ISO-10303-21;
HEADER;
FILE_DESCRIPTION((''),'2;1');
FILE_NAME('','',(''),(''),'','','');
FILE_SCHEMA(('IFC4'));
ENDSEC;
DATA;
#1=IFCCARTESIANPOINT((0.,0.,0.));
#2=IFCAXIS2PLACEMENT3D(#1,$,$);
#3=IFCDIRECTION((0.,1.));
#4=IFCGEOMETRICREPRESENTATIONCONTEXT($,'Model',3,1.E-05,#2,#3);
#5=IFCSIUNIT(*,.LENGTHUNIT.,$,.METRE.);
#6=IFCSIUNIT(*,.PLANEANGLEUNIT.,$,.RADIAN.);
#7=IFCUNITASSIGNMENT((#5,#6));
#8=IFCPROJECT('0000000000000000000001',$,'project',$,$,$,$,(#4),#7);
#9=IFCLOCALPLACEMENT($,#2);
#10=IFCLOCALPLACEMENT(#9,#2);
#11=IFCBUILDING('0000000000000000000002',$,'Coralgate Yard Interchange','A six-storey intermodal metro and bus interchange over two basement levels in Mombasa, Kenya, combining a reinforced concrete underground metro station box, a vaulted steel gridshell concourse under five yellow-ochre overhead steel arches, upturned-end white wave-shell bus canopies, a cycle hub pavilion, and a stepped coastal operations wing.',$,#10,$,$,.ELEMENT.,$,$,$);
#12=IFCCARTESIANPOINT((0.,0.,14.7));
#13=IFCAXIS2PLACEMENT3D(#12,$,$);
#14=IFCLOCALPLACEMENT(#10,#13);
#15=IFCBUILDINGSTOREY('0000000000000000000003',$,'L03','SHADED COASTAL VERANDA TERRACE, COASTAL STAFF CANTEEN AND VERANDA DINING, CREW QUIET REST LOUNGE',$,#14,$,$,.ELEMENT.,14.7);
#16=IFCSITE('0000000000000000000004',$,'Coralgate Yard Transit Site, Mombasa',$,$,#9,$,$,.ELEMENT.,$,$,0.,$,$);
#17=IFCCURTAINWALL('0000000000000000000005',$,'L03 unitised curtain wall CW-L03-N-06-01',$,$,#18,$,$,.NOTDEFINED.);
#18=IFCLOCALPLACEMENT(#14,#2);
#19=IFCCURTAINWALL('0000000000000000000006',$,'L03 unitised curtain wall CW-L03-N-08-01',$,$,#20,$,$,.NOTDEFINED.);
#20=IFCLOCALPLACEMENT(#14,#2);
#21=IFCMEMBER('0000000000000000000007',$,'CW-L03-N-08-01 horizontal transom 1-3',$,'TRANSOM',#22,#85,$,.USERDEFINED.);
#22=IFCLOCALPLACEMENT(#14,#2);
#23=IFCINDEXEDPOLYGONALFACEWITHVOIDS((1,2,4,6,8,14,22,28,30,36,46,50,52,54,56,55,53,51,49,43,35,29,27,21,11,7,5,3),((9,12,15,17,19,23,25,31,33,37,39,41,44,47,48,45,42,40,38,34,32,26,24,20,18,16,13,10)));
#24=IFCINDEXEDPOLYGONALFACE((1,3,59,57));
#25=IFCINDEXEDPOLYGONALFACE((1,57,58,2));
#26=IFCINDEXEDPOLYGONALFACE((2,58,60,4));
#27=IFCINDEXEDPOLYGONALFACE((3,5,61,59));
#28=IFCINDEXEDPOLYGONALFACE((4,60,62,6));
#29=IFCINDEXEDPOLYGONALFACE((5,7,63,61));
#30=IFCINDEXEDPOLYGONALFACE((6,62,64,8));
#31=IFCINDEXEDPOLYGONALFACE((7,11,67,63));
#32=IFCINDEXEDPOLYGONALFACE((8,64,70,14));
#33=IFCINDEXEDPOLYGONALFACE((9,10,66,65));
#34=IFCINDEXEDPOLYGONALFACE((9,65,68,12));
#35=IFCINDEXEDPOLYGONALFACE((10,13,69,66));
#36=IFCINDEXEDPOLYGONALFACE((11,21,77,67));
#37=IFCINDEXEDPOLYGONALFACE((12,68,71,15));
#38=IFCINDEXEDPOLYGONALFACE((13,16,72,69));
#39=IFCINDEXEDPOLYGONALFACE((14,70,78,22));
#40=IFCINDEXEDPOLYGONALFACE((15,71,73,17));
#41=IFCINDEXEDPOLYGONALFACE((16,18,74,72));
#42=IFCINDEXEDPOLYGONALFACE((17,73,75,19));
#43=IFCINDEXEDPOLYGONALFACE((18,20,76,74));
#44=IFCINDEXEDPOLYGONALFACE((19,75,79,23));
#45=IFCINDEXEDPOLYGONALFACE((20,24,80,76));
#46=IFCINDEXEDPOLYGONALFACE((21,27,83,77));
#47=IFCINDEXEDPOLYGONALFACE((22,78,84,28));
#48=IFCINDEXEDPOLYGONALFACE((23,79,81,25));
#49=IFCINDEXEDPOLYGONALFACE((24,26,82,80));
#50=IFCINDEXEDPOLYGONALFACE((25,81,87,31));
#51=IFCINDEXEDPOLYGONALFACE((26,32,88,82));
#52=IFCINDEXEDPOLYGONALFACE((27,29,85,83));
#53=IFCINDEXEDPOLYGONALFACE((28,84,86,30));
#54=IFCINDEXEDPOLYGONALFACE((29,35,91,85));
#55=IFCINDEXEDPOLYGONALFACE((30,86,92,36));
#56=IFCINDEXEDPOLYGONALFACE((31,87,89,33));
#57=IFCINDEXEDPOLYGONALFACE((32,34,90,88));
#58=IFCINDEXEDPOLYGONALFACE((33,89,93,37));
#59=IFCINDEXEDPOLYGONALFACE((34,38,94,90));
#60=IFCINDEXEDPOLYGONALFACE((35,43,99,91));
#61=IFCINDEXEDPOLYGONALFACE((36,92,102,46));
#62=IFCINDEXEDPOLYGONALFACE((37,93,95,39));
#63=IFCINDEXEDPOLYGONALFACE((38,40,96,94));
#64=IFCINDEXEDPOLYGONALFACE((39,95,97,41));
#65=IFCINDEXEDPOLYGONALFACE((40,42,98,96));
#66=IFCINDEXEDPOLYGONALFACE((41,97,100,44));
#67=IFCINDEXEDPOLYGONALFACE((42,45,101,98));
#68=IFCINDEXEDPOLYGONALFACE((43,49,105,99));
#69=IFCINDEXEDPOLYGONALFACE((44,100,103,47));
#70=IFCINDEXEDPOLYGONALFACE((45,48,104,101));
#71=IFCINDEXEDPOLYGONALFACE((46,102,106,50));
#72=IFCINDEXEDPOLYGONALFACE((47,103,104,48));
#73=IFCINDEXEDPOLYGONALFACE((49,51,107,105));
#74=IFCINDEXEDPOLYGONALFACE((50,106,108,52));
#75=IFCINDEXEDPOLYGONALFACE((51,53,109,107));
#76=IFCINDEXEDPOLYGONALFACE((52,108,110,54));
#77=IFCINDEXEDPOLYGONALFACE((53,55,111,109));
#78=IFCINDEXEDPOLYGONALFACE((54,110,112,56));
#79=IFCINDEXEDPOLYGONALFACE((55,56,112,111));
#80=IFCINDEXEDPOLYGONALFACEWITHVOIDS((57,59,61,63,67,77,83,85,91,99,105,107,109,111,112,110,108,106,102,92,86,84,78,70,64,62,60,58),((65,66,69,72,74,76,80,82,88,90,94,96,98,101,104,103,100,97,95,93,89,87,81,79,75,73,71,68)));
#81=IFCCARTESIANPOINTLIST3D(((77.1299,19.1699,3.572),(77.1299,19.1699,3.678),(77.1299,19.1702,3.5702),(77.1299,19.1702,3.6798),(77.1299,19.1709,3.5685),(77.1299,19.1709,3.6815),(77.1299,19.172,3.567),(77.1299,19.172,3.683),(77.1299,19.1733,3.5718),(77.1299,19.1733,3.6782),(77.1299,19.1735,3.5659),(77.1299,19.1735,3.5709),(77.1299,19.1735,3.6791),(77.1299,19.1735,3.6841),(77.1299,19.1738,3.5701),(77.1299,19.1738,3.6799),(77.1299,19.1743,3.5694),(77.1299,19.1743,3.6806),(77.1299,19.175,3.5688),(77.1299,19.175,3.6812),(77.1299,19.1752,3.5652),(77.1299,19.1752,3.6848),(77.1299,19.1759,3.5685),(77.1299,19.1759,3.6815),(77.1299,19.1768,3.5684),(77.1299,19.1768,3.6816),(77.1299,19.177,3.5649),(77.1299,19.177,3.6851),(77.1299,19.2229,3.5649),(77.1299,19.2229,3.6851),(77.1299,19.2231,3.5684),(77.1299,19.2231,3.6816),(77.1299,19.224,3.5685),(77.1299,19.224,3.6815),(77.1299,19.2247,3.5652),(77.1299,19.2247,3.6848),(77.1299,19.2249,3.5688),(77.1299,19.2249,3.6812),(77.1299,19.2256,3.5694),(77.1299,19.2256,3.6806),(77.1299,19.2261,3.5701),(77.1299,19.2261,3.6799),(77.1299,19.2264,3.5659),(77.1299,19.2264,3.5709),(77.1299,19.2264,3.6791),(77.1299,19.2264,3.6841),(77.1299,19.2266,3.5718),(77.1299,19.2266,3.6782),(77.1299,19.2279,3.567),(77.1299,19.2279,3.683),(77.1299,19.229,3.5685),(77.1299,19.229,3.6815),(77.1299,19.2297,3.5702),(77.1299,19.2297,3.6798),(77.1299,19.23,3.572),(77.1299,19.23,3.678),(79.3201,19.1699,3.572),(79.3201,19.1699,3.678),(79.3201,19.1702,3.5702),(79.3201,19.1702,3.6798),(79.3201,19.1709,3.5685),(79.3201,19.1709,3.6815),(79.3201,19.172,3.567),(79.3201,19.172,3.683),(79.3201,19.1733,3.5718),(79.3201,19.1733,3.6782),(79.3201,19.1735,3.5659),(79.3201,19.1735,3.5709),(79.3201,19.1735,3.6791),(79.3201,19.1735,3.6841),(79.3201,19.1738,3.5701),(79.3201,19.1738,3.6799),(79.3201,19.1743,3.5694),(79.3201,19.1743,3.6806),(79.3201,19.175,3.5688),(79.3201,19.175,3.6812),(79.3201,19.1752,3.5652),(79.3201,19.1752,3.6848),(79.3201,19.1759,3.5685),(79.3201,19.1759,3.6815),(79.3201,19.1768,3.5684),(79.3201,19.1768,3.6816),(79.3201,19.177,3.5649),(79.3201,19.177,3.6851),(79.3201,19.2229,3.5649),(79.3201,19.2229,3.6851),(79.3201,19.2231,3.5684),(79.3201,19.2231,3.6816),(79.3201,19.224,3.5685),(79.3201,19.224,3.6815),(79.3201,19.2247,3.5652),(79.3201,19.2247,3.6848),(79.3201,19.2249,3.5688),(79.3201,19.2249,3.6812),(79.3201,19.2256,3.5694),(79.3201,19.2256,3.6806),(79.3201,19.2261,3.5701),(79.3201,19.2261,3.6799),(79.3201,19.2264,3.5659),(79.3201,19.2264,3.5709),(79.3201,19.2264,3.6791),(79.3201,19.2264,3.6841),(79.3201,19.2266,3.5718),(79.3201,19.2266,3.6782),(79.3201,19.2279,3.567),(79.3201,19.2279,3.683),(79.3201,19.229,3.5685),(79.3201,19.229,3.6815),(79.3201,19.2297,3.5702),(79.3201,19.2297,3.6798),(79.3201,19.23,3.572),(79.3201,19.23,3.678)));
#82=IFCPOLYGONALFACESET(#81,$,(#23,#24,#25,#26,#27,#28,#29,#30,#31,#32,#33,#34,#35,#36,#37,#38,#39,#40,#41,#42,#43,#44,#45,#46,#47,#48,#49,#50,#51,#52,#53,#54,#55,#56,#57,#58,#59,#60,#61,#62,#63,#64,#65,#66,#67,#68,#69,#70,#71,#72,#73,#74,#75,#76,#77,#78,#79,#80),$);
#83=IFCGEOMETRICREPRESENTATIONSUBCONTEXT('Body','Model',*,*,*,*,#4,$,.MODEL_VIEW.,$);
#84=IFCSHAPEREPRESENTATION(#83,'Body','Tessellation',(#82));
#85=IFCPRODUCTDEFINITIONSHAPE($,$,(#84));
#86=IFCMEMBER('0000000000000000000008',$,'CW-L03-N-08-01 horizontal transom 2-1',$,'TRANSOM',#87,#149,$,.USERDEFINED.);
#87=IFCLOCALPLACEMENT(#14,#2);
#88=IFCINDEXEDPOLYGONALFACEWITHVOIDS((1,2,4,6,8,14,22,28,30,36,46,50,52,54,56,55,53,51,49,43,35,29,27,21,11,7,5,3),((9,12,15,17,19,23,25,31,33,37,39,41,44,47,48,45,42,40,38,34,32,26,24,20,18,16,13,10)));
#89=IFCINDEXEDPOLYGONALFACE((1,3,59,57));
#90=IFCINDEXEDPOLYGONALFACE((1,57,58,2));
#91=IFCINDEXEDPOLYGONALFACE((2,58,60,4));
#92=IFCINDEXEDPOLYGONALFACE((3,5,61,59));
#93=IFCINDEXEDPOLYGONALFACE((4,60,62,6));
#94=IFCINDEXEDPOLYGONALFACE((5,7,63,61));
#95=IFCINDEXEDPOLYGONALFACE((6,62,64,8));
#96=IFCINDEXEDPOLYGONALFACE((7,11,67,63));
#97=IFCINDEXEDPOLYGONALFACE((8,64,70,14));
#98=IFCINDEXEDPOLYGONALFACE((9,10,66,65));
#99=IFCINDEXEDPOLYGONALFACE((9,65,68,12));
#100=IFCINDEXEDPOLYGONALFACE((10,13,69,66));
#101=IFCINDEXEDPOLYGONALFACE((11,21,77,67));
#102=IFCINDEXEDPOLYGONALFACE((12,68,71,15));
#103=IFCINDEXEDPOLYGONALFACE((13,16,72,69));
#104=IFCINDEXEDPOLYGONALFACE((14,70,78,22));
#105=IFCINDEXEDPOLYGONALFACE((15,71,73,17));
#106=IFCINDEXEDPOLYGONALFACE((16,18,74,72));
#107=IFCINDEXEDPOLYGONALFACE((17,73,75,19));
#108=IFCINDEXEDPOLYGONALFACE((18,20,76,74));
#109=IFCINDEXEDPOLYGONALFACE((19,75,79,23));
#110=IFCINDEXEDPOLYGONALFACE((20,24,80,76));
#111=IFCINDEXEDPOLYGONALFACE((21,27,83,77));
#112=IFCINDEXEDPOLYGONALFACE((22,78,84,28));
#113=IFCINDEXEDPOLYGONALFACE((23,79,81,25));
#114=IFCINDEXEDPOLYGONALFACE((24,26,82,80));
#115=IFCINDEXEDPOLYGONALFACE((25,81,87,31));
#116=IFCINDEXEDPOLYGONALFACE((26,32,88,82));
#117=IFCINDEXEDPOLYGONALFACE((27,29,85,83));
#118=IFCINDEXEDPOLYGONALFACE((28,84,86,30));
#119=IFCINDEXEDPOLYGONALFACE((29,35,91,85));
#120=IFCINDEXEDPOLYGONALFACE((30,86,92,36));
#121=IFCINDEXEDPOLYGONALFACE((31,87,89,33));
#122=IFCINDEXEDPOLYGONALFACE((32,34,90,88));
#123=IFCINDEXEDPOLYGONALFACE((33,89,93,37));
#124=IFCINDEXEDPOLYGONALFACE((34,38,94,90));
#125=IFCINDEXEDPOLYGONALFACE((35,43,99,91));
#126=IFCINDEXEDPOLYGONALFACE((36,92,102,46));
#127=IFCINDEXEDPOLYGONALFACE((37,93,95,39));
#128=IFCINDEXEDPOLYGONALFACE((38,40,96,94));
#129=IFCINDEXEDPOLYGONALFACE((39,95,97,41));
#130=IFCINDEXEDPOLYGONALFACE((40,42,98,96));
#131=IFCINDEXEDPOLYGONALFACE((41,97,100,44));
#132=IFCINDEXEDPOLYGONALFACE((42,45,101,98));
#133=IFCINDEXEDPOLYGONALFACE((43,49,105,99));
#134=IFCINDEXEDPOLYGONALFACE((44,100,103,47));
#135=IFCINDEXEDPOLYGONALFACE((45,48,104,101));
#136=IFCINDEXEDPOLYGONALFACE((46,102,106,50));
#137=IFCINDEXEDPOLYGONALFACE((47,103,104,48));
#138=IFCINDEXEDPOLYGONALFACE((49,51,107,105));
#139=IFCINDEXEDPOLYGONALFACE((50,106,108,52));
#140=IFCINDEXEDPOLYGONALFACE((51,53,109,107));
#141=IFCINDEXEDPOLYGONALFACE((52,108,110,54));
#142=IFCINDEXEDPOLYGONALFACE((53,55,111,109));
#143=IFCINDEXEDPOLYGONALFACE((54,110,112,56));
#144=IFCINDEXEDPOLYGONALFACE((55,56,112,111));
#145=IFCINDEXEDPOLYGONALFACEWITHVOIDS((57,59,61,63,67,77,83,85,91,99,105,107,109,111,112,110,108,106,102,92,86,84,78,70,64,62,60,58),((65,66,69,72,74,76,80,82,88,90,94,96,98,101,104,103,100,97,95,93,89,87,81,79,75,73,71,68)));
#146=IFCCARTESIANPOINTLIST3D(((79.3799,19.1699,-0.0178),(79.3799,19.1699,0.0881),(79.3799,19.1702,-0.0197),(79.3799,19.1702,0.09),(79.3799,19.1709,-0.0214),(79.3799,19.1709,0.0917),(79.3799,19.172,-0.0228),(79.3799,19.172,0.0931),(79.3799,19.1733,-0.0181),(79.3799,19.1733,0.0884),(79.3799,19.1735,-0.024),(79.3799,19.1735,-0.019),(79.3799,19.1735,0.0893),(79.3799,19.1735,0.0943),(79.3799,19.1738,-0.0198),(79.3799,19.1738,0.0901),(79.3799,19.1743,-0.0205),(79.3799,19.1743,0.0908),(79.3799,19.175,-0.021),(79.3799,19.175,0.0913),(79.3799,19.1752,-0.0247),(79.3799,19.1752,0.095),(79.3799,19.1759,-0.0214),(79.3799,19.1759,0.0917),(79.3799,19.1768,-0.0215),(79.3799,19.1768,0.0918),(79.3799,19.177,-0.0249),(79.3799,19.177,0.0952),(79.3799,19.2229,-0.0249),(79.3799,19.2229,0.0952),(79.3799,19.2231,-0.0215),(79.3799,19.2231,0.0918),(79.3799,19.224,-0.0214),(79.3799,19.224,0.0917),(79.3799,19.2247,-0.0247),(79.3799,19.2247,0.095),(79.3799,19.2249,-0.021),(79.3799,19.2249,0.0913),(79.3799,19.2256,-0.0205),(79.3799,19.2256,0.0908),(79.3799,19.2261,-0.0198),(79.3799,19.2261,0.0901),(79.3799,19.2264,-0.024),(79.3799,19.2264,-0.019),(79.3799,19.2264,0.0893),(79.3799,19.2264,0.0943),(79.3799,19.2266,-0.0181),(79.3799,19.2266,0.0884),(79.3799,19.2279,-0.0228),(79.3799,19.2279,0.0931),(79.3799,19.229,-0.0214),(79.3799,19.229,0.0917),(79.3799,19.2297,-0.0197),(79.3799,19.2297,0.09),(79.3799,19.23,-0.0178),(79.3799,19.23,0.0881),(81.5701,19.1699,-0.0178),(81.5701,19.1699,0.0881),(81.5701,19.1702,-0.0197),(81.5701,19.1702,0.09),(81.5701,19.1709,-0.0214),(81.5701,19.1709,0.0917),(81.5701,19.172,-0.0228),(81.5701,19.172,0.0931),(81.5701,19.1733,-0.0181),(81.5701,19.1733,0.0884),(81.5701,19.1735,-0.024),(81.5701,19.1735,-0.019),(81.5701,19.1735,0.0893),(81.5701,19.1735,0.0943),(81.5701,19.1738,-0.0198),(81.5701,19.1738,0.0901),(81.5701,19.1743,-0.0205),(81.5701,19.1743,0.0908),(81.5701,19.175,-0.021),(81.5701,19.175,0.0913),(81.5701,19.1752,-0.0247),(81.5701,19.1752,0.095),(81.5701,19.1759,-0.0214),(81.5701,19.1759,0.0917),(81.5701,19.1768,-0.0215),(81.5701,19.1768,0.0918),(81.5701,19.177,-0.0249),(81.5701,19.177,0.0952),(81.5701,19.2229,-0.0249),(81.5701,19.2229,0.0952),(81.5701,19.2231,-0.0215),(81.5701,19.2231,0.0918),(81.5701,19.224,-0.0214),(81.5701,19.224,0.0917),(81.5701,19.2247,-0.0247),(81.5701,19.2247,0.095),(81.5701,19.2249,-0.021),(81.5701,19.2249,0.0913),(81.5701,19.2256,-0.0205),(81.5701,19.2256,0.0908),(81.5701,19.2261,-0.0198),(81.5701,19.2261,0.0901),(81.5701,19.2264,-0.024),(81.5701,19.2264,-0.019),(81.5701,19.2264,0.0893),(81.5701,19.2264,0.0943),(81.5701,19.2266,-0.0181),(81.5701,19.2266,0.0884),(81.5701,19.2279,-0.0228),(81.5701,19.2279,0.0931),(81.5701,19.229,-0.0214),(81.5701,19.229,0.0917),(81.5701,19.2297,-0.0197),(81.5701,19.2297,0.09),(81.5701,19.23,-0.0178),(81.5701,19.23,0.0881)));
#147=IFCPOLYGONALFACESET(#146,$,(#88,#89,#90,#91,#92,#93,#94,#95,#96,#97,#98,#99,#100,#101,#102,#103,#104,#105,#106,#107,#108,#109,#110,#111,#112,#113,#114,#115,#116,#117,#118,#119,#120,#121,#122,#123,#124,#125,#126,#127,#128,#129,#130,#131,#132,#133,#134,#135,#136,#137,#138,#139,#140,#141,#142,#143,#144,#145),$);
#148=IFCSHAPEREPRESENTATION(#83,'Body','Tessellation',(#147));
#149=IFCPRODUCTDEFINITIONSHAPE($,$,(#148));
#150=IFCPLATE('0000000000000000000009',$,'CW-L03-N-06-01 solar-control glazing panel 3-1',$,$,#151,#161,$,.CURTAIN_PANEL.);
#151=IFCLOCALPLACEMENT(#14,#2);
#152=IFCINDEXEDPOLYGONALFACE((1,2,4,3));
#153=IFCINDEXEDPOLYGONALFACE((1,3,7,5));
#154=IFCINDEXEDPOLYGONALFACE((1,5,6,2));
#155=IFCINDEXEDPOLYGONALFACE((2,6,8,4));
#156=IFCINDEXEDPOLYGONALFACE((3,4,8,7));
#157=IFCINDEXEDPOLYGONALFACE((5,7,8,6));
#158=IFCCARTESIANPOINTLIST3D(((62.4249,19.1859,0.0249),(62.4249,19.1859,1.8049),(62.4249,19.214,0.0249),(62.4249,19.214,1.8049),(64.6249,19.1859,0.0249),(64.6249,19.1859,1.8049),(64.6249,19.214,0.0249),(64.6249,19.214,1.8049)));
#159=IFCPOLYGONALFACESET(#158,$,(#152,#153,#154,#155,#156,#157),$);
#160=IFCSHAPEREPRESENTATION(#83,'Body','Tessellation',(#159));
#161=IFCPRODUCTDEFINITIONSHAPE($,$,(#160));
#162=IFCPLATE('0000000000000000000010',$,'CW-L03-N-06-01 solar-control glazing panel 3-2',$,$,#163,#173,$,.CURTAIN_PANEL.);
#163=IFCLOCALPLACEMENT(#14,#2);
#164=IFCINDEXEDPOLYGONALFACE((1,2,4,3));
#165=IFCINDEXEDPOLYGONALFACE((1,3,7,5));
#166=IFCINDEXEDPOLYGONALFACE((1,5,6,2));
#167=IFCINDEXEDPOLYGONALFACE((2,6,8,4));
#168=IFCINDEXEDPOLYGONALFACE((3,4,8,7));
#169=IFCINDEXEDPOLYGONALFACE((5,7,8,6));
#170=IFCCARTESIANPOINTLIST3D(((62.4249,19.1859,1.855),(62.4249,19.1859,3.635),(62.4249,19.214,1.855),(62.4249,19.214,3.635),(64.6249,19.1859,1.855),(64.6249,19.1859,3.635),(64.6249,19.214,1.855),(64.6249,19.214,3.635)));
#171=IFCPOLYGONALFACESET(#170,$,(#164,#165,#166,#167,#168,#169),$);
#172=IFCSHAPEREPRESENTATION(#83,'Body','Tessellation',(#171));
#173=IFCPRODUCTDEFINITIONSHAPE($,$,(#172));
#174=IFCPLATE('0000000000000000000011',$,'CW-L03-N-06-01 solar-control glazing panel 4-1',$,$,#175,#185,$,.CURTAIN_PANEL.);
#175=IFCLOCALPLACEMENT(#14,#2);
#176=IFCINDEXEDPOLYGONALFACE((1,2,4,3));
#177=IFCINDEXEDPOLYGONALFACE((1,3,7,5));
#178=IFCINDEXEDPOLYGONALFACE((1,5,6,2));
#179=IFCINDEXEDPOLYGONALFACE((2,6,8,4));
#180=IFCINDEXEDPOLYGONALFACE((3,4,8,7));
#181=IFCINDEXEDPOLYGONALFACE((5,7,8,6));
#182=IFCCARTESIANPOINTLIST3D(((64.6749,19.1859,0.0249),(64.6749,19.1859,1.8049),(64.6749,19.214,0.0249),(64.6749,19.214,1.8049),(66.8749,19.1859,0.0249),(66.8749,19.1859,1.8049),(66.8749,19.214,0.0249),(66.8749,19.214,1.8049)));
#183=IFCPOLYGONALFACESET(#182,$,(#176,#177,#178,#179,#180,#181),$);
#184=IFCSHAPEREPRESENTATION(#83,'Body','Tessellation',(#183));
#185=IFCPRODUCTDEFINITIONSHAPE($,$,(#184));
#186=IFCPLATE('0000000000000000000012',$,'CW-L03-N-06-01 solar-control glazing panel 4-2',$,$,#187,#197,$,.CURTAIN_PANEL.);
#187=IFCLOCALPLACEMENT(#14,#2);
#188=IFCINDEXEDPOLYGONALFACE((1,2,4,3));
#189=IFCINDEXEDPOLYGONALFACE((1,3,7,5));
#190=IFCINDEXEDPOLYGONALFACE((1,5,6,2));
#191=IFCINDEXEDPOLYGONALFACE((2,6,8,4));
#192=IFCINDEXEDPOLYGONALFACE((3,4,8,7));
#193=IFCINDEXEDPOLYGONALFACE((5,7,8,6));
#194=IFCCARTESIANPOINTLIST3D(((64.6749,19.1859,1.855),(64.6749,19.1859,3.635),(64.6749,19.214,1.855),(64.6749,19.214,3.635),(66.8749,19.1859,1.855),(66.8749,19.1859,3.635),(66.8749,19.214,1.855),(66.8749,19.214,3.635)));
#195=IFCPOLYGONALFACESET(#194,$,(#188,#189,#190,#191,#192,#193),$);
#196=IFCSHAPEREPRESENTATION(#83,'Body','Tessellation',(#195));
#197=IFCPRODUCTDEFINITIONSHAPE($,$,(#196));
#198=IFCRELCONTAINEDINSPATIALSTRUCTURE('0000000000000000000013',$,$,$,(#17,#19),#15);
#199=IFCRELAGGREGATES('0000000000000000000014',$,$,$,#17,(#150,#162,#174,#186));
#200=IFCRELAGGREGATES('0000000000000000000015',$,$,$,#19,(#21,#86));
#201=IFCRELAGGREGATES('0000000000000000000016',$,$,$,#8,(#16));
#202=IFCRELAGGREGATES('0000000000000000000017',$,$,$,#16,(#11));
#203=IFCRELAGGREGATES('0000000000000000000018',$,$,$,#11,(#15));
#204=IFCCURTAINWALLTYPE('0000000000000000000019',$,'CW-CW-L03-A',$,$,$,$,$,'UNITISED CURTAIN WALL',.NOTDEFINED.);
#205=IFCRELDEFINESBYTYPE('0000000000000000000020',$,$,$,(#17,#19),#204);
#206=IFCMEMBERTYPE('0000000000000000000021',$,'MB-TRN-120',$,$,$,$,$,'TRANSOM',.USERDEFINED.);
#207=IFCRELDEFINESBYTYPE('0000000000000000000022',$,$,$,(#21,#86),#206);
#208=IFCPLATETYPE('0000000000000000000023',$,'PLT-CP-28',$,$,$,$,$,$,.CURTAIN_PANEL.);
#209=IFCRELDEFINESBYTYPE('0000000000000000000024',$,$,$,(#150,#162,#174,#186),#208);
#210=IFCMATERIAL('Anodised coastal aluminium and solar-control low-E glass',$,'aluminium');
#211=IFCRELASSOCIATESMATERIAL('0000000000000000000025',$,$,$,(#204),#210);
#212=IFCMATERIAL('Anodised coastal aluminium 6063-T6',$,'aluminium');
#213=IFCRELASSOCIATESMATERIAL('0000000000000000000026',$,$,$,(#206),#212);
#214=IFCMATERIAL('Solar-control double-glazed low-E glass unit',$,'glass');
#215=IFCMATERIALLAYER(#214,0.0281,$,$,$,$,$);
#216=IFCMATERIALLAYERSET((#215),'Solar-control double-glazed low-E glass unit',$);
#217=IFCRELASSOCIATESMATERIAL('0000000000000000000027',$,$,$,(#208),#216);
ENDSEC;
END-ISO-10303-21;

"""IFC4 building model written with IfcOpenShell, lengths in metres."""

from ifc_helpers import new_model, si_unit, direction, frame, origin, origin_2d, place, context, subcontext, project, spatial, rectangle, hollow_rectangle, extrude, material, layer, layer_set, material_profile, profile_set, type_object, element, aggregate, save


model = new_model("IFC4")

# Units and contexts
model_context = context("Model", 3, precision=1e-05, world=origin(), true_north=direction((0.0, 1.0)))
body_context = subcontext(model_context, "Body", "Model", "MODEL_VIEW")
ifc_project = project(units=[si_unit("LENGTHUNIT", "METRE"), si_unit("PLANEANGLEUNIT", "RADIAN")], contexts=[model_context])

# Site, building, storey
site_placement = place(None, origin())
site = spatial("IfcSite", under=ifc_project, at=site_placement, Name="Coralgate Yard Transit Site, Mombasa", CompositionType="ELEMENT", RefElevation=0.0)
building_placement = place(site_placement, origin())
building = spatial("IfcBuilding", under=site, at=building_placement, Name="Coralgate Yard Interchange", Description="A six-storey intermodal metro and bus interchange over two basement levels in Mombasa, Kenya, combining a reinforced concrete underground metro station box, a vaulted steel gridshell concourse under five yellow-ochre overhead steel arches, upturned-end white wave-shell bus canopies, a cycle hub pavilion, and a stepped coastal operations wing.", CompositionType="ELEMENT")
storey_placement = place(building_placement, frame((0.0, 0.0, 14.7)))
storey = spatial("IfcBuildingStorey", under=building, at=storey_placement, Name="L03", Description="SHADED COASTAL VERANDA TERRACE, COASTAL STAFF CANTEEN AND VERANDA DINING, CREW QUIET REST LOUNGE", CompositionType="ELEMENT", Elevation=14.7)

# Curtain walls
ifc_material_1 = material(Name="Anodised coastal aluminium and solar-control low-E glass", Category="aluminium")
curtain_wall_type = type_object("IfcCurtainWallType", Name="CW-CW-L03-A", ElementType="UNITISED CURTAIN WALL", PredefinedType="NOTDEFINED", material=ifc_material_1)
curtain_wall_1_placement = place(storey_placement, origin())
curtain_wall_1 = element("IfcCurtainWall", 1, at=curtain_wall_1_placement, inside=storey, type_object=curtain_wall_type, Name="L03 unitised curtain wall CW-L03-N-06-01", PredefinedType="NOTDEFINED")
ifc_material_2 = material(Name="Anodised coastal aluminium 6063-T6", Category="aluminium")
curtain_wall_2_placement = place(storey_placement, origin())
curtain_wall_2 = element("IfcCurtainWall", 2, at=curtain_wall_2_placement, inside=storey, type_object=curtain_wall_type, Name="L03 unitised curtain wall CW-L03-N-08-01", PredefinedType="NOTDEFINED")

# Members
ifc_material_profile_1 = material_profile(ifc_material_2, hollow_rectangle(XDim=0.0601, YDim=0.1201, WallThickness=0.0034, InnerFilletRadius=0.0034, OuterFilletRadius=0.0071, at=origin_2d()), Name="ALU 60x120x3.5")
ifc_profile_set_1 = profile_set([ifc_material_profile_1], Name="Anodised coastal aluminium 6063-T6")
member_type_1 = type_object("IfcMemberType", Name="MB-TRN-120", ElementType="TRANSOM", PredefinedType="USERDEFINED", material=ifc_profile_set_1)
member_1_placement = place(storey_placement, frame((77.1299, 19.2, 3.625), z_axis=(1.0, 0.0, 0.0), x_axis=(0.0, 1.0, 0.0)))
member_1 = element("IfcMember", 3, at=member_1_placement, type_object=member_type_1, Name="CW-L03-N-08-01 horizontal transom 1-3", ObjectType="TRANSOM", PredefinedType="USERDEFINED", context=body_context, shape_type="SweptSolid", body=[
    extrude(hollow_rectangle(XDim=0.0601, YDim=0.1201, WallThickness=0.0034, InnerFilletRadius=0.0034, OuterFilletRadius=0.0071, at=origin_2d()), origin(), (0.0, 0.0, 1.0), 2.1902),
])
member_2_placement = place(storey_placement, frame((79.3799, 19.2, 0.0352), z_axis=(1.0, 0.0, 0.0), x_axis=(0.0, 1.0, 0.0)))
member_2 = element("IfcMember", 4, at=member_2_placement, type_object=member_type_1, Name="CW-L03-N-08-01 horizontal transom 2-1", ObjectType="TRANSOM", PredefinedType="USERDEFINED", context=body_context, shape_type="SweptSolid", body=[
    extrude(hollow_rectangle(XDim=0.0601, YDim=0.1201, WallThickness=0.0034, InnerFilletRadius=0.0034, OuterFilletRadius=0.0071, at=origin_2d()), origin(), (0.0, 0.0, 1.0), 2.1902),
])

# Plates
ifc_material_3 = material(Name="Solar-control double-glazed low-E glass unit", Category="glass")
ifc_layer = layer(ifc_material_3, 0.0281)
ifc_layer_set = layer_set([ifc_layer], Name="Solar-control double-glazed low-E glass unit")
plate_type = type_object("IfcPlateType", Name="PLT-CP-28", PredefinedType="CURTAIN_PANEL", material=ifc_layer_set)
plate_1_placement = place(storey_placement, frame((63.5249, 19.2, 0.0249), z_axis=(0.0, 0.0, 1.0), x_axis=(1.0, 0.0, 0.0)))
plate_1 = element("IfcPlate", 5, at=plate_1_placement, type_object=plate_type, Name="CW-L03-N-06-01 solar-control glazing panel 3-1", PredefinedType="CURTAIN_PANEL", context=body_context, shape_type="SweptSolid", body=[
    extrude(rectangle(XDim=2.2, YDim=0.0281, at=origin_2d()), origin(), (0.0, 0.0, 1.0), 1.78),
])
plate_2_placement = place(storey_placement, frame((63.5249, 19.2, 1.855), z_axis=(0.0, 0.0, 1.0), x_axis=(1.0, 0.0, 0.0)))
plate_2 = element("IfcPlate", 6, at=plate_2_placement, type_object=plate_type, Name="CW-L03-N-06-01 solar-control glazing panel 3-2", PredefinedType="CURTAIN_PANEL", context=body_context, shape_type="SweptSolid", body=[
    extrude(rectangle(XDim=2.2, YDim=0.0281, at=origin_2d()), origin(), (0.0, 0.0, 1.0), 1.78),
])
plate_3_placement = place(storey_placement, frame((65.7749, 19.2, 0.0249), z_axis=(0.0, 0.0, 1.0), x_axis=(1.0, 0.0, 0.0)))
plate_3 = element("IfcPlate", 7, at=plate_3_placement, type_object=plate_type, Name="CW-L03-N-06-01 solar-control glazing panel 4-1", PredefinedType="CURTAIN_PANEL", context=body_context, shape_type="SweptSolid", body=[
    extrude(rectangle(XDim=2.2, YDim=0.0281, at=origin_2d()), origin(), (0.0, 0.0, 1.0), 1.78),
])
plate_4_placement = place(storey_placement, frame((65.7749, 19.2, 1.855), z_axis=(0.0, 0.0, 1.0), x_axis=(1.0, 0.0, 0.0)))
plate_4 = element("IfcPlate", 8, at=plate_4_placement, type_object=plate_type, Name="CW-L03-N-06-01 solar-control glazing panel 4-2", PredefinedType="CURTAIN_PANEL", context=body_context, shape_type="SweptSolid", body=[
    extrude(rectangle(XDim=2.2, YDim=0.0281, at=origin_2d()), origin(), (0.0, 0.0, 1.0), 1.78),
])
aggregate(curtain_wall_1, [plate_1, plate_2, plate_3, plate_4])
aggregate(curtain_wall_2, [member_1, member_2])

save(model, "model.ifc")
